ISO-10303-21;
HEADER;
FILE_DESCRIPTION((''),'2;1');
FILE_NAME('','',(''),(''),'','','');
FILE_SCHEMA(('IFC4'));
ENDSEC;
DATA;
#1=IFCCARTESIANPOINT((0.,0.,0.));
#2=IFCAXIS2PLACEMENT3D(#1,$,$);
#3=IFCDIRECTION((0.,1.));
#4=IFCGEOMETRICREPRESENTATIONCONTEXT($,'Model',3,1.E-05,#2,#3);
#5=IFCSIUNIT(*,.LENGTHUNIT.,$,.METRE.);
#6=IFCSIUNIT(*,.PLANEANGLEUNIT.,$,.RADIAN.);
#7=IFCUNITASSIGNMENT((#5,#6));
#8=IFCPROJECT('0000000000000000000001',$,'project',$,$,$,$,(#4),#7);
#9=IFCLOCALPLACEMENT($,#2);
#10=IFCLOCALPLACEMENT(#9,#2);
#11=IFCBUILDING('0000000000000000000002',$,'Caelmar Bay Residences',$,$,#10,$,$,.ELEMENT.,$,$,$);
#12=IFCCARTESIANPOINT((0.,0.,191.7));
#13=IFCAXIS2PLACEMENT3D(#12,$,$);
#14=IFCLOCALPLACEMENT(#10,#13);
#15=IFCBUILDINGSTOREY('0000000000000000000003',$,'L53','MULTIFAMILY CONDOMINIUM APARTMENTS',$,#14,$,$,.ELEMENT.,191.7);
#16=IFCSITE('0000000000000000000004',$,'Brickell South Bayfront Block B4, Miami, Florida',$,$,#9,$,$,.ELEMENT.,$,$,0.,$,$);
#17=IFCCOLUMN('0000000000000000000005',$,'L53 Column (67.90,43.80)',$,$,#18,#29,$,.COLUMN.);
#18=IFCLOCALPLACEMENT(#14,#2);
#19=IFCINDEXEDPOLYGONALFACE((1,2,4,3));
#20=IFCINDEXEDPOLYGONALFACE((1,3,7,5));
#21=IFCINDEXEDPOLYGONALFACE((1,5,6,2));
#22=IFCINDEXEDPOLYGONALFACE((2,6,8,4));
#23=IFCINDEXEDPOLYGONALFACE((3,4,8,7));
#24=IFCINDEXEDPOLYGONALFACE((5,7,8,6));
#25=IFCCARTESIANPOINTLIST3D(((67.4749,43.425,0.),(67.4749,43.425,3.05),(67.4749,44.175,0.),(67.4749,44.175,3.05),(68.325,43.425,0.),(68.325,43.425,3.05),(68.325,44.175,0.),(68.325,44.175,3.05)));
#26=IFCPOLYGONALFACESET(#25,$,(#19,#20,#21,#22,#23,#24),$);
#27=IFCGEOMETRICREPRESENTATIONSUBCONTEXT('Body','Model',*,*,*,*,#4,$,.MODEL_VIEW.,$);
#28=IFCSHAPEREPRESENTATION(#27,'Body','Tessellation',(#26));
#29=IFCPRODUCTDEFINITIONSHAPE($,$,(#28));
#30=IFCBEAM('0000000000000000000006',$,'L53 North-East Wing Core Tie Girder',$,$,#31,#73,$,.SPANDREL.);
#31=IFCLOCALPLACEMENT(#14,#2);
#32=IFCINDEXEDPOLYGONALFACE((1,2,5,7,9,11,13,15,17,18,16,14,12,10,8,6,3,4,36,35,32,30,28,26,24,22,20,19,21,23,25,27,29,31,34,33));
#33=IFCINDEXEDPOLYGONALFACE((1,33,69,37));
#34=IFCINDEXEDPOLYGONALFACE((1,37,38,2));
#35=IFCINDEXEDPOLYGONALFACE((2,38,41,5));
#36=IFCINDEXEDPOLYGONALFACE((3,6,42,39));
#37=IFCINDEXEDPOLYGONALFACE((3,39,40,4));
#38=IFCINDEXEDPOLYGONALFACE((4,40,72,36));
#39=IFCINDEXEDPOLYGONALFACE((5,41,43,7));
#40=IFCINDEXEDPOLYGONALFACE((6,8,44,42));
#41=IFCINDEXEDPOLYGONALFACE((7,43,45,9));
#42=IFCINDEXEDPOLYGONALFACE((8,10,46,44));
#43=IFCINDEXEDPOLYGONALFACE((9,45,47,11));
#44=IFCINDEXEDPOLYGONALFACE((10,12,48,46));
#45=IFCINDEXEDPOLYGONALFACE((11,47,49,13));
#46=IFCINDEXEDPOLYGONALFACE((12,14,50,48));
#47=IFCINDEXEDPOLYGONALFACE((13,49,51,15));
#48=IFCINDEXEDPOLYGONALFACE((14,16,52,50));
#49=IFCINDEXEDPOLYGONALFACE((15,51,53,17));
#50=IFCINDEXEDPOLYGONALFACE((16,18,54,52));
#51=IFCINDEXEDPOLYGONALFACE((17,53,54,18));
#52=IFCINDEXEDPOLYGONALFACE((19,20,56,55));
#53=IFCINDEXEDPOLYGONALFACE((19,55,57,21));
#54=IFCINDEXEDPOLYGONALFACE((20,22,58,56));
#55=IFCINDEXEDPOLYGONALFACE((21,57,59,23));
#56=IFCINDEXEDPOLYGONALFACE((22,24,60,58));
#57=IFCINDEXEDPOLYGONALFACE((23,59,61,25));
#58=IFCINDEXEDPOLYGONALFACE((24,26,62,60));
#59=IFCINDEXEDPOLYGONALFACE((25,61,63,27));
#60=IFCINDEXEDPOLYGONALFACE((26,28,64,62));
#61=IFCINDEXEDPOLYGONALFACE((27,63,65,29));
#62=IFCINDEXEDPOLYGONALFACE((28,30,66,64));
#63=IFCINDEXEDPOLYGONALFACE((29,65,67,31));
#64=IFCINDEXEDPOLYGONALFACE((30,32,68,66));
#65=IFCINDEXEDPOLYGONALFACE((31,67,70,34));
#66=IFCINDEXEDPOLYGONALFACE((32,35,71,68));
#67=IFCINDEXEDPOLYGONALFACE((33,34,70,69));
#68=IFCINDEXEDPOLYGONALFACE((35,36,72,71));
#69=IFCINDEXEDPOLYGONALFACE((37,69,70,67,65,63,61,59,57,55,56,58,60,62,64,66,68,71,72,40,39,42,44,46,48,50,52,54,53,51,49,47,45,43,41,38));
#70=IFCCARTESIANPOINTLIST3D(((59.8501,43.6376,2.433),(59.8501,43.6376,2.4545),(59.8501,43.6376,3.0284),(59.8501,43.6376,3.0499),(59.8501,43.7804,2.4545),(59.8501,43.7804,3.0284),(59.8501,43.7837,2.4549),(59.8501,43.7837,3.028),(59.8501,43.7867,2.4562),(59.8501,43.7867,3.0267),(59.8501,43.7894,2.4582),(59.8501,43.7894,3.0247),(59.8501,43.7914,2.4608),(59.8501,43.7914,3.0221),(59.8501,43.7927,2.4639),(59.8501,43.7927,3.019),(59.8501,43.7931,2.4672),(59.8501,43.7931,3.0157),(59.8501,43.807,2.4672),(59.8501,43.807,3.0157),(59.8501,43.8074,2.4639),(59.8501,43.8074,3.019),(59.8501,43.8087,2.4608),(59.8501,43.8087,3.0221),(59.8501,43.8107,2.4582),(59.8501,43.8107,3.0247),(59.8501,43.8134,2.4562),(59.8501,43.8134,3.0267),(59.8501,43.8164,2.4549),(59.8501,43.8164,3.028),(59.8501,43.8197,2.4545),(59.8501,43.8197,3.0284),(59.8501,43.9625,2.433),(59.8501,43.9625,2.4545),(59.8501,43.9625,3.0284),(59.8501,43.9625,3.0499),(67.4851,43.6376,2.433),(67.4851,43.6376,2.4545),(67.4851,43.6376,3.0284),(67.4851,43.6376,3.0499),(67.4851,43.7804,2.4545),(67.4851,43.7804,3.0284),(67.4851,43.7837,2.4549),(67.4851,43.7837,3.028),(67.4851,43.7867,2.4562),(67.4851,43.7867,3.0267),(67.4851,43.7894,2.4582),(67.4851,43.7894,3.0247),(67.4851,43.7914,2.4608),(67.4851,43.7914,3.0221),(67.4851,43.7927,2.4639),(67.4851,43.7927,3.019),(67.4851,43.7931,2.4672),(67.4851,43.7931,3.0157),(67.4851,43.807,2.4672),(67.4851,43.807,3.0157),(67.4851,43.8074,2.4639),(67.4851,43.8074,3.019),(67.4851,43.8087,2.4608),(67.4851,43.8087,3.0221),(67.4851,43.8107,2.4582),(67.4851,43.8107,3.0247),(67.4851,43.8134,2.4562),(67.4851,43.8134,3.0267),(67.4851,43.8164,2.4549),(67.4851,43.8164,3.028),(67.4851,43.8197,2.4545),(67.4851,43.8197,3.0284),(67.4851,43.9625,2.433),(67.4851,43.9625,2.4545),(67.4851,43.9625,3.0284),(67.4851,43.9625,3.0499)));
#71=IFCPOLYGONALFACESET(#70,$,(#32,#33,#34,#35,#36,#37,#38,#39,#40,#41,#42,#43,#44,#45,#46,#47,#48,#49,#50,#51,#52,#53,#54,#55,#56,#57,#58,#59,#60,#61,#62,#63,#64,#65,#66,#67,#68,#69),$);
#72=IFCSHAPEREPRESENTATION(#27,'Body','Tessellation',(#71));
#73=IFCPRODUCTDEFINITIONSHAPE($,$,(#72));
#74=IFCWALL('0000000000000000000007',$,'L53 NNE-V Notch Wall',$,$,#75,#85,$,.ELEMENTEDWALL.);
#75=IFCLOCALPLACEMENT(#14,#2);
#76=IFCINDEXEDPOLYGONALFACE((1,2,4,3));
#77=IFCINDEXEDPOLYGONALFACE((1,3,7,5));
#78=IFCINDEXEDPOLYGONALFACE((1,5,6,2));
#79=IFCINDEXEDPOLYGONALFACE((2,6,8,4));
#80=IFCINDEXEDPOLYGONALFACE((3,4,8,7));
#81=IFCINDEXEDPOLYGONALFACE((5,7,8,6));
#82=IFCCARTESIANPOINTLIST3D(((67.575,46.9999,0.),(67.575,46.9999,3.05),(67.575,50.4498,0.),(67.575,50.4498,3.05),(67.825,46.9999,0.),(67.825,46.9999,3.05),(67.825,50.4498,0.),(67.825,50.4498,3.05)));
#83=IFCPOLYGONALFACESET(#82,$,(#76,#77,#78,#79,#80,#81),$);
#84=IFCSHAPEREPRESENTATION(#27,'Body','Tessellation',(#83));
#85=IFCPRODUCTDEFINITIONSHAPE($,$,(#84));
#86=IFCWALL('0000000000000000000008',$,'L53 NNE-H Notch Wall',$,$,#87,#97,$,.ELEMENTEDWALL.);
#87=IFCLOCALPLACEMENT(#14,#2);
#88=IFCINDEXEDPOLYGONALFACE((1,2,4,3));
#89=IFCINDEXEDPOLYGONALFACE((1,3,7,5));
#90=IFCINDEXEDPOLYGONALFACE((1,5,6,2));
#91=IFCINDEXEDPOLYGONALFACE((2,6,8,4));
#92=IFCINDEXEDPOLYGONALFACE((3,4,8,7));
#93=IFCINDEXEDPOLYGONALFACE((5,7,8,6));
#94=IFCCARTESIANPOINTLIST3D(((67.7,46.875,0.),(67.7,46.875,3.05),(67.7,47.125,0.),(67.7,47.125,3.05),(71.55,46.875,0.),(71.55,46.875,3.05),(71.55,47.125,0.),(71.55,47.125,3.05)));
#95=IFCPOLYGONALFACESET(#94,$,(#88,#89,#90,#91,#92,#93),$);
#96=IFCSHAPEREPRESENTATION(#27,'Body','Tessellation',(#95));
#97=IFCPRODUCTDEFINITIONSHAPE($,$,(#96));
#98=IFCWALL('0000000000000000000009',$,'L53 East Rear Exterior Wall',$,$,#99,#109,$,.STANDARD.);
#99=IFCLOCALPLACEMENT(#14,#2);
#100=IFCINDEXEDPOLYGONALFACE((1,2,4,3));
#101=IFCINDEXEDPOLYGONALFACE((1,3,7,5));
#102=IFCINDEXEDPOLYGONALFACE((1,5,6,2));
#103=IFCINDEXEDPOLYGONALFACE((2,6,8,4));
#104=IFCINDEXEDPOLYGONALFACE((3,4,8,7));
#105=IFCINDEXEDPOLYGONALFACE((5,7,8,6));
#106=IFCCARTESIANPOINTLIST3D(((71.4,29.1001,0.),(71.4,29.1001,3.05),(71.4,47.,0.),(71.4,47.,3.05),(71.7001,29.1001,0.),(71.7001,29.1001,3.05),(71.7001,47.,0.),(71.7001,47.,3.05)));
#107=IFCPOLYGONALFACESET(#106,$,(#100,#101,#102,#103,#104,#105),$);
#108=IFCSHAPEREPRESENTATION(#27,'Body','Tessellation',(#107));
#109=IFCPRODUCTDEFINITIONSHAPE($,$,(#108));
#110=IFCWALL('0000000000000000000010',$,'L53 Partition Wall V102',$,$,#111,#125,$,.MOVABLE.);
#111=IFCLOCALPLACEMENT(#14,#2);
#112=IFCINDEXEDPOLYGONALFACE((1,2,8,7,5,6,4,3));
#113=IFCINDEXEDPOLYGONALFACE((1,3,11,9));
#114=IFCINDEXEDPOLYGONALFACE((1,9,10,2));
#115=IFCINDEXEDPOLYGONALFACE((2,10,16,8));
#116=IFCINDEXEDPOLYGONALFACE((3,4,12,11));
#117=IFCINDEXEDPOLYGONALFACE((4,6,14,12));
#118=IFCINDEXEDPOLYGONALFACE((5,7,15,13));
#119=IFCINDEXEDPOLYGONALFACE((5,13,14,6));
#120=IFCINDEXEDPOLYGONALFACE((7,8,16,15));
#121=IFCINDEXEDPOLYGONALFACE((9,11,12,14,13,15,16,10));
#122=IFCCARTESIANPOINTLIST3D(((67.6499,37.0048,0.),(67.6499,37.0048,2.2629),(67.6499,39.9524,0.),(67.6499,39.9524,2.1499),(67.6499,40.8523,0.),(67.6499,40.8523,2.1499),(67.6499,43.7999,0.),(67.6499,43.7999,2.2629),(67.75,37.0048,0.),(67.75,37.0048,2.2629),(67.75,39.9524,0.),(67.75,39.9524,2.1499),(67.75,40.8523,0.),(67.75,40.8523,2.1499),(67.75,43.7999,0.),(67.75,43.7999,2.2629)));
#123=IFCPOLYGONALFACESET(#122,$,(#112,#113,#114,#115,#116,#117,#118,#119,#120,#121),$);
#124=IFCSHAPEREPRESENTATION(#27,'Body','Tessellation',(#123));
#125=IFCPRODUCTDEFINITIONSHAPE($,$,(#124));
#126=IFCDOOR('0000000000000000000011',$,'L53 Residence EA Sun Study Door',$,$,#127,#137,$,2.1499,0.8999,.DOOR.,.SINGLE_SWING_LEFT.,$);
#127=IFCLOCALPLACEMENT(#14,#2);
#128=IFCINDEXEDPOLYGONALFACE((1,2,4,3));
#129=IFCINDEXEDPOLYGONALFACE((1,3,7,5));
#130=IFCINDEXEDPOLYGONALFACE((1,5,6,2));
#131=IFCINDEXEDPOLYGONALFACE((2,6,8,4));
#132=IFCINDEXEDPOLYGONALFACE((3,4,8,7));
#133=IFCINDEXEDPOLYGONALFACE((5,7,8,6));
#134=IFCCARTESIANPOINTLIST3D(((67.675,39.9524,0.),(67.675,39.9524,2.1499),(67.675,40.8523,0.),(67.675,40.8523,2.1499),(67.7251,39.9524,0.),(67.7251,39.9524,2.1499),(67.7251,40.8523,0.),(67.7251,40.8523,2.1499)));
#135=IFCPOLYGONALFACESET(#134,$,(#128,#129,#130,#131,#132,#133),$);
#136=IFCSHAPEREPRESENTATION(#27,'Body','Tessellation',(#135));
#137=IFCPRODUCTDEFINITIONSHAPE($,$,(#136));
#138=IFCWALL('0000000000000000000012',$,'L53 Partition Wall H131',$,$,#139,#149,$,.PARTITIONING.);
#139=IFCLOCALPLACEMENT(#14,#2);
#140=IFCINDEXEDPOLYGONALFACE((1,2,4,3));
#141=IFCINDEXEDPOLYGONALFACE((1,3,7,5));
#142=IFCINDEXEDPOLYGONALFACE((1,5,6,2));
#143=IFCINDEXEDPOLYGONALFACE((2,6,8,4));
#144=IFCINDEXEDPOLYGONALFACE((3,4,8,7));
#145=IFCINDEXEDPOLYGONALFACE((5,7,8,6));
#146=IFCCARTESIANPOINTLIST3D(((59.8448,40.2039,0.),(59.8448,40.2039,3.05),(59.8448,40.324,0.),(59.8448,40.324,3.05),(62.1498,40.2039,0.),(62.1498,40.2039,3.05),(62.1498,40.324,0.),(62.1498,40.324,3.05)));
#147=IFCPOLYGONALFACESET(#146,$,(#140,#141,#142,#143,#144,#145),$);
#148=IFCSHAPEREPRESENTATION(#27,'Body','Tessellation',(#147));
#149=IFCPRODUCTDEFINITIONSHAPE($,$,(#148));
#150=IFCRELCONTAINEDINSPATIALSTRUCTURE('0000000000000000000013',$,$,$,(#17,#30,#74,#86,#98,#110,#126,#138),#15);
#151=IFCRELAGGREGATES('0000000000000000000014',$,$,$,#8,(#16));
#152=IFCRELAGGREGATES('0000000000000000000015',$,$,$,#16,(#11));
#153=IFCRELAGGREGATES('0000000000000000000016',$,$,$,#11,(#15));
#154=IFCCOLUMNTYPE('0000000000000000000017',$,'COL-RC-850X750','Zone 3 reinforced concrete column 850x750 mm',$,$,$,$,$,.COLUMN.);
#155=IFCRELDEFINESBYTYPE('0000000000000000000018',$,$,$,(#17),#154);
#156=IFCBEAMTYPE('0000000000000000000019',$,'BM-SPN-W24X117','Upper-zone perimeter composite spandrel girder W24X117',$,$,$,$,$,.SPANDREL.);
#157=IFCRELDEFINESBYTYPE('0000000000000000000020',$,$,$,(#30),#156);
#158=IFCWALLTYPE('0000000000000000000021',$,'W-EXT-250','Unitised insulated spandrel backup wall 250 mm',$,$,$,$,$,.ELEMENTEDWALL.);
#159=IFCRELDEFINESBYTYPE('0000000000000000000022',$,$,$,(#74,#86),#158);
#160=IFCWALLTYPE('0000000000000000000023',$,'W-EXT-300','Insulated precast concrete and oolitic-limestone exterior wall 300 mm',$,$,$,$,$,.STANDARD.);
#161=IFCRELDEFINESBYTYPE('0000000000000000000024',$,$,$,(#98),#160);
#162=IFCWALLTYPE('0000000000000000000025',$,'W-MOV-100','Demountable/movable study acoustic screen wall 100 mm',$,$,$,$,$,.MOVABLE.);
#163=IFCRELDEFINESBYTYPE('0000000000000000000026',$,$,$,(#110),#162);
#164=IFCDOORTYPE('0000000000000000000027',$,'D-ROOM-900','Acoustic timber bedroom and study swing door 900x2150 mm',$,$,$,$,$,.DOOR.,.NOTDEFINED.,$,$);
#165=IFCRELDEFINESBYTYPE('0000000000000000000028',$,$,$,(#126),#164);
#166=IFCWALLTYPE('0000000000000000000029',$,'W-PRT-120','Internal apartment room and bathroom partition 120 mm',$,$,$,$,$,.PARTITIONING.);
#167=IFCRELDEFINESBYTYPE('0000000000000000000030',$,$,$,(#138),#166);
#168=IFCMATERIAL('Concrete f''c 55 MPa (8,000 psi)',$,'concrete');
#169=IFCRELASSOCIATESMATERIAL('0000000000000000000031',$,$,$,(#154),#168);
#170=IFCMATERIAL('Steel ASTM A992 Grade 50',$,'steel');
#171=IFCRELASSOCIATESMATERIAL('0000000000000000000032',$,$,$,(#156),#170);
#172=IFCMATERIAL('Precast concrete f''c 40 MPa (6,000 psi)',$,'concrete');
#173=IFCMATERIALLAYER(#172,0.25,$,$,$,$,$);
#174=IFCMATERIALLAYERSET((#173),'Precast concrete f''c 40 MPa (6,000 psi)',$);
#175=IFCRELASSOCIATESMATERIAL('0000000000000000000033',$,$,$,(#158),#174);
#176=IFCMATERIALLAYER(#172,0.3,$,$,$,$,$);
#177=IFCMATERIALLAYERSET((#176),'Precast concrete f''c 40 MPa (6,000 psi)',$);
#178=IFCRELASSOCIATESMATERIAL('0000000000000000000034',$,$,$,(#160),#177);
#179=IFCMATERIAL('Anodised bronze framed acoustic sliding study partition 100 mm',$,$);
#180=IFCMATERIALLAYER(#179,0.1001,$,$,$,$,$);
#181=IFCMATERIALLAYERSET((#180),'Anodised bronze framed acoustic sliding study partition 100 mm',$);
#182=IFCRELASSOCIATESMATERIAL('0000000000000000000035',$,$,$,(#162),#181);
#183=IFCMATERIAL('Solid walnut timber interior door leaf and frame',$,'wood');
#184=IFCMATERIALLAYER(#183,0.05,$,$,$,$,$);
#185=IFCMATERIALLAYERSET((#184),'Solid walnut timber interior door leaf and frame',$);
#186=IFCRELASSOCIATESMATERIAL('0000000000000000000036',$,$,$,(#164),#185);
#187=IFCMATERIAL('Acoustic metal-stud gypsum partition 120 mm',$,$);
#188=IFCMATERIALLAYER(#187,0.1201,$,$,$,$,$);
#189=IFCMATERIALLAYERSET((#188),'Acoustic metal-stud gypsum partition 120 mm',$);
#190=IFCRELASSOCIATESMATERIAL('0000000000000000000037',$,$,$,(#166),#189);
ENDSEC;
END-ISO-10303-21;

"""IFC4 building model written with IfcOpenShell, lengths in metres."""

from ifc_helpers import new_model, si_unit, direction, frame, frame_2d, origin, origin_2d, place, context, subcontext, project, spatial, rectangle, i_section, extrude, material, layer, layer_set, material_profile, profile_set, type_object, element, fill, save


model = new_model("IFC4")

# Units and contexts
model_context = context("Model", 3, precision=1e-05, world=origin(), true_north=direction((0.0, 1.0)))
body_context = subcontext(model_context, "Body", "Model", "MODEL_VIEW")
ifc_project = project(units=[si_unit("LENGTHUNIT", "METRE"), si_unit("PLANEANGLEUNIT", "RADIAN")], contexts=[model_context])

# Site, building, storey
site_placement = place(None, origin())
site = spatial("IfcSite", under=ifc_project, at=site_placement, Name="Brickell South Bayfront Block B4, Miami, Florida", CompositionType="ELEMENT", RefElevation=0.0)
building_placement = place(site_placement, origin())
building = spatial("IfcBuilding", under=site, at=building_placement, Name="Caelmar Bay Residences", CompositionType="ELEMENT")
storey_placement = place(building_placement, frame((0.0, 0.0, 191.7)))
storey = spatial("IfcBuildingStorey", under=building, at=storey_placement, Name="L53", Description="MULTIFAMILY CONDOMINIUM APARTMENTS", CompositionType="ELEMENT", Elevation=191.7)

# Column
ifc_material_1 = material(Name="Concrete f'c 55 MPa (8,000 psi)", Category="concrete")
ifc_material_profile_1 = material_profile(ifc_material_1, rectangle(XDim=0.8501, YDim=0.75, at=origin_2d()), Name="RC-COL-850X750")
ifc_profile_set_1 = profile_set([ifc_material_profile_1], Name="Concrete f'c 55 MPa (8,000 psi)")
column_type = type_object("IfcColumnType", Name="COL-RC-850X750", Description="Zone 3 reinforced concrete column 850x750 mm", PredefinedType="COLUMN", material=ifc_profile_set_1)
column_placement = place(storey_placement, frame((67.8999, 43.8, 0.0), z_axis=(0.0, 0.0, 1.0), x_axis=(1.0, 0.0, 0.0)))
element("IfcColumn", 1, at=column_placement, inside=storey, type_object=column_type, Name="L53 Column (67.90,43.80)", PredefinedType="COLUMN", context=body_context, shape_type="SweptSolid", body=[
    extrude(rectangle(XDim=0.8501, YDim=0.75, at=origin_2d()), origin(), (0.0, 0.0, 1.0), 3.05),
])

# Beam
ifc_material_2 = material(Name="Steel ASTM A992 Grade 50", Category="steel")
ifc_material_profile_2 = material_profile(ifc_material_2, i_section(OverallWidth=0.325, OverallDepth=0.6169, WebThickness=0.0139, FlangeThickness=0.0215, FilletRadius=0.0127, at=origin_2d()), Name="W24X117")
ifc_profile_set_2 = profile_set([ifc_material_profile_2], Name="Steel ASTM A992 Grade 50")
beam_type = type_object("IfcBeamType", Name="BM-SPN-W24X117", Description="Upper-zone perimeter composite spandrel girder W24X117", PredefinedType="SPANDREL", material=ifc_profile_set_2)
beam_placement = place(storey_placement, frame((59.8501, 43.8, 2.7415), z_axis=(1.0, 0.0, 0.0), x_axis=(0.0, 1.0, 0.0)))
element("IfcBeam", 2, at=beam_placement, inside=storey, type_object=beam_type, Name="L53 North-East Wing Core Tie Girder", PredefinedType="SPANDREL", context=body_context, shape_type="SweptSolid", body=[
    extrude(i_section(OverallWidth=0.325, OverallDepth=0.6169, WebThickness=0.0139, FlangeThickness=0.0215, FilletRadius=0.0127, at=origin_2d()), origin(), (0.0, 0.0, 1.0), 7.635),
])

# Walls
ifc_material_3 = material(Name="Precast concrete f'c 40 MPa (6,000 psi)", Category="concrete")
ifc_layer_1 = layer(ifc_material_3, 0.25)
ifc_layer_set_1 = layer_set([ifc_layer_1], Name="Precast concrete f'c 40 MPa (6,000 psi)")
wall_type_1 = type_object("IfcWallType", Name="W-EXT-250", Description="Unitised insulated spandrel backup wall 250 mm", PredefinedType="ELEMENTEDWALL", material=ifc_layer_set_1)
wall_1_placement = place(storey_placement, frame((67.7, 50.45, 0.0), z_axis=(0.0, 0.0, 1.0), x_axis=(0.0, -1.0, 0.0)))
element("IfcWall", 3, at=wall_1_placement, inside=storey, type_object=wall_type_1, Name="L53 NNE-V Notch Wall", PredefinedType="ELEMENTEDWALL", context=body_context, shape_type="SweptSolid", body=[
    extrude(rectangle(XDim=3.45, YDim=0.25, at=frame_2d((1.7251, 0.0))), origin(), (0.0, 0.0, 1.0), 3.05),
])
wall_2_placement = place(storey_placement, frame((67.7, 47.0, 0.0), z_axis=(0.0, 0.0, 1.0), x_axis=(1.0, 0.0, 0.0)))
element("IfcWall", 4, at=wall_2_placement, inside=storey, type_object=wall_type_1, Name="L53 NNE-H Notch Wall", PredefinedType="ELEMENTEDWALL", context=body_context, shape_type="SweptSolid", body=[
    extrude(rectangle(XDim=3.8501, YDim=0.25, at=frame_2d((1.925, 0.0))), origin(), (0.0, 0.0, 1.0), 3.05),
])
ifc_layer_2 = layer(ifc_material_3, 0.3)
ifc_layer_set_2 = layer_set([ifc_layer_2], Name="Precast concrete f'c 40 MPa (6,000 psi)")
wall_type_2 = type_object("IfcWallType", Name="W-EXT-300", Description="Insulated precast concrete and oolitic-limestone exterior wall 300 mm", PredefinedType="STANDARD", material=ifc_layer_set_2)
wall_3_placement = place(storey_placement, frame((71.55, 47.0, 0.0), z_axis=(0.0, 0.0, 1.0), x_axis=(0.0, -1.0, 0.0)))
element("IfcWall", 5, at=wall_3_placement, inside=storey, type_object=wall_type_2, Name="L53 East Rear Exterior Wall", PredefinedType="STANDARD", context=body_context, shape_type="SweptSolid", body=[
    extrude(rectangle(XDim=17.8999, YDim=0.3, at=frame_2d((8.95, 0.0))), origin(), (0.0, 0.0, 1.0), 3.05),
])

# Wall, opening, door
ifc_material_4 = material(Name="Anodised bronze framed acoustic sliding study partition 100 mm")
ifc_layer_3 = layer(ifc_material_4, 0.1001)
ifc_layer_set_3 = layer_set([ifc_layer_3], Name="Anodised bronze framed acoustic sliding study partition 100 mm")
wall_type_3 = type_object("IfcWallType", Name="W-MOV-100", Description="Demountable/movable study acoustic screen wall 100 mm", PredefinedType="MOVABLE", material=ifc_layer_set_3)
wall_4_placement = place(storey_placement, frame((67.7, 37.0049, 0.0), z_axis=(0.0, 0.0, 1.0), x_axis=(0.0, 1.0, 0.0)))
wall_4 = element("IfcWall", 6, at=wall_4_placement, inside=storey, type_object=wall_type_3, Name="L53 Partition Wall V102", PredefinedType="MOVABLE", context=body_context, shape_type="SweptSolid", body=[
    extrude(rectangle(XDim=6.7952, YDim=0.1001, at=frame_2d((3.3975, 0.0))), origin(), (0.0, 0.0, 1.0), 2.2629),
])
opening_1_placement = place(wall_4_placement, frame((2.9475, 0.0, 0.0)))
opening_1 = element("IfcOpeningElement", 7, at=opening_1_placement, cuts=wall_4, PredefinedType="OPENING", context=body_context, shape_type="SweptSolid", body=[
    extrude(rectangle(XDim=0.8999, YDim=2.1499, at=frame_2d((0.45, 1.075))), frame((0.0, 0.0601, 0.0), z_axis=(0.0, -1.0, 0.0), x_axis=(1.0, 0.0, 0.0)), (0.0, 0.0, 1.0), 0.1201),
])
ifc_material_5 = material(Name="Solid walnut timber interior door leaf and frame", Category="wood")
ifc_layer_4 = layer(ifc_material_5, 0.05)
ifc_layer_set_4 = layer_set([ifc_layer_4], Name="Solid walnut timber interior door leaf and frame")
door_type_1 = type_object("IfcDoorType", Name="D-ROOM-900", Description="Acoustic timber bedroom and study swing door 900x2150 mm", OperationType="NOTDEFINED", PredefinedType="DOOR", material=ifc_layer_set_4)
door_1_placement = place(opening_1_placement, origin())
door_1 = element("IfcDoor", 8, at=door_1_placement, inside=storey, type_object=door_type_1, Name="L53 Residence EA Sun Study Door", OperationType="SINGLE_SWING_LEFT", OverallHeight=2.1499, OverallWidth=0.8999, PredefinedType="DOOR", context=body_context, shape_type="SweptSolid", body=[
    extrude(rectangle(XDim=0.8999, YDim=2.1499, at=frame_2d((0.45, 1.075))), frame((0.0, 0.0249, 0.0), z_axis=(0.0, -1.0, 0.0), x_axis=(1.0, 0.0, 0.0)), (0.0, 0.0, 1.0), 0.05),
])
fill(opening_1, door_1)
ifc_material_6 = material(Name="Acoustic metal-stud gypsum partition 120 mm")
ifc_layer_5 = layer(ifc_material_6, 0.1201)
ifc_layer_set_5 = layer_set([ifc_layer_5], Name="Acoustic metal-stud gypsum partition 120 mm")
wall_type_4 = type_object("IfcWallType", Name="W-PRT-120", Description="Internal apartment room and bathroom partition 120 mm", PredefinedType="PARTITIONING", material=ifc_layer_set_5)

# Wall
wall_5_placement = place(storey_placement, frame((59.845, 40.2639, 0.0), z_axis=(0.0, 0.0, 1.0), x_axis=(1.0, 0.0, 0.0)))
element("IfcWall", 9, at=wall_5_placement, inside=storey, type_object=wall_type_4, Name="L53 Partition Wall H131", PredefinedType="PARTITIONING", context=body_context, shape_type="SweptSolid", body=[
    extrude(rectangle(XDim=2.3049, YDim=0.1201, at=frame_2d((1.1523, 0.0))), origin(), (0.0, 0.0, 1.0), 3.05),
])

save(model, "model.ifc")
